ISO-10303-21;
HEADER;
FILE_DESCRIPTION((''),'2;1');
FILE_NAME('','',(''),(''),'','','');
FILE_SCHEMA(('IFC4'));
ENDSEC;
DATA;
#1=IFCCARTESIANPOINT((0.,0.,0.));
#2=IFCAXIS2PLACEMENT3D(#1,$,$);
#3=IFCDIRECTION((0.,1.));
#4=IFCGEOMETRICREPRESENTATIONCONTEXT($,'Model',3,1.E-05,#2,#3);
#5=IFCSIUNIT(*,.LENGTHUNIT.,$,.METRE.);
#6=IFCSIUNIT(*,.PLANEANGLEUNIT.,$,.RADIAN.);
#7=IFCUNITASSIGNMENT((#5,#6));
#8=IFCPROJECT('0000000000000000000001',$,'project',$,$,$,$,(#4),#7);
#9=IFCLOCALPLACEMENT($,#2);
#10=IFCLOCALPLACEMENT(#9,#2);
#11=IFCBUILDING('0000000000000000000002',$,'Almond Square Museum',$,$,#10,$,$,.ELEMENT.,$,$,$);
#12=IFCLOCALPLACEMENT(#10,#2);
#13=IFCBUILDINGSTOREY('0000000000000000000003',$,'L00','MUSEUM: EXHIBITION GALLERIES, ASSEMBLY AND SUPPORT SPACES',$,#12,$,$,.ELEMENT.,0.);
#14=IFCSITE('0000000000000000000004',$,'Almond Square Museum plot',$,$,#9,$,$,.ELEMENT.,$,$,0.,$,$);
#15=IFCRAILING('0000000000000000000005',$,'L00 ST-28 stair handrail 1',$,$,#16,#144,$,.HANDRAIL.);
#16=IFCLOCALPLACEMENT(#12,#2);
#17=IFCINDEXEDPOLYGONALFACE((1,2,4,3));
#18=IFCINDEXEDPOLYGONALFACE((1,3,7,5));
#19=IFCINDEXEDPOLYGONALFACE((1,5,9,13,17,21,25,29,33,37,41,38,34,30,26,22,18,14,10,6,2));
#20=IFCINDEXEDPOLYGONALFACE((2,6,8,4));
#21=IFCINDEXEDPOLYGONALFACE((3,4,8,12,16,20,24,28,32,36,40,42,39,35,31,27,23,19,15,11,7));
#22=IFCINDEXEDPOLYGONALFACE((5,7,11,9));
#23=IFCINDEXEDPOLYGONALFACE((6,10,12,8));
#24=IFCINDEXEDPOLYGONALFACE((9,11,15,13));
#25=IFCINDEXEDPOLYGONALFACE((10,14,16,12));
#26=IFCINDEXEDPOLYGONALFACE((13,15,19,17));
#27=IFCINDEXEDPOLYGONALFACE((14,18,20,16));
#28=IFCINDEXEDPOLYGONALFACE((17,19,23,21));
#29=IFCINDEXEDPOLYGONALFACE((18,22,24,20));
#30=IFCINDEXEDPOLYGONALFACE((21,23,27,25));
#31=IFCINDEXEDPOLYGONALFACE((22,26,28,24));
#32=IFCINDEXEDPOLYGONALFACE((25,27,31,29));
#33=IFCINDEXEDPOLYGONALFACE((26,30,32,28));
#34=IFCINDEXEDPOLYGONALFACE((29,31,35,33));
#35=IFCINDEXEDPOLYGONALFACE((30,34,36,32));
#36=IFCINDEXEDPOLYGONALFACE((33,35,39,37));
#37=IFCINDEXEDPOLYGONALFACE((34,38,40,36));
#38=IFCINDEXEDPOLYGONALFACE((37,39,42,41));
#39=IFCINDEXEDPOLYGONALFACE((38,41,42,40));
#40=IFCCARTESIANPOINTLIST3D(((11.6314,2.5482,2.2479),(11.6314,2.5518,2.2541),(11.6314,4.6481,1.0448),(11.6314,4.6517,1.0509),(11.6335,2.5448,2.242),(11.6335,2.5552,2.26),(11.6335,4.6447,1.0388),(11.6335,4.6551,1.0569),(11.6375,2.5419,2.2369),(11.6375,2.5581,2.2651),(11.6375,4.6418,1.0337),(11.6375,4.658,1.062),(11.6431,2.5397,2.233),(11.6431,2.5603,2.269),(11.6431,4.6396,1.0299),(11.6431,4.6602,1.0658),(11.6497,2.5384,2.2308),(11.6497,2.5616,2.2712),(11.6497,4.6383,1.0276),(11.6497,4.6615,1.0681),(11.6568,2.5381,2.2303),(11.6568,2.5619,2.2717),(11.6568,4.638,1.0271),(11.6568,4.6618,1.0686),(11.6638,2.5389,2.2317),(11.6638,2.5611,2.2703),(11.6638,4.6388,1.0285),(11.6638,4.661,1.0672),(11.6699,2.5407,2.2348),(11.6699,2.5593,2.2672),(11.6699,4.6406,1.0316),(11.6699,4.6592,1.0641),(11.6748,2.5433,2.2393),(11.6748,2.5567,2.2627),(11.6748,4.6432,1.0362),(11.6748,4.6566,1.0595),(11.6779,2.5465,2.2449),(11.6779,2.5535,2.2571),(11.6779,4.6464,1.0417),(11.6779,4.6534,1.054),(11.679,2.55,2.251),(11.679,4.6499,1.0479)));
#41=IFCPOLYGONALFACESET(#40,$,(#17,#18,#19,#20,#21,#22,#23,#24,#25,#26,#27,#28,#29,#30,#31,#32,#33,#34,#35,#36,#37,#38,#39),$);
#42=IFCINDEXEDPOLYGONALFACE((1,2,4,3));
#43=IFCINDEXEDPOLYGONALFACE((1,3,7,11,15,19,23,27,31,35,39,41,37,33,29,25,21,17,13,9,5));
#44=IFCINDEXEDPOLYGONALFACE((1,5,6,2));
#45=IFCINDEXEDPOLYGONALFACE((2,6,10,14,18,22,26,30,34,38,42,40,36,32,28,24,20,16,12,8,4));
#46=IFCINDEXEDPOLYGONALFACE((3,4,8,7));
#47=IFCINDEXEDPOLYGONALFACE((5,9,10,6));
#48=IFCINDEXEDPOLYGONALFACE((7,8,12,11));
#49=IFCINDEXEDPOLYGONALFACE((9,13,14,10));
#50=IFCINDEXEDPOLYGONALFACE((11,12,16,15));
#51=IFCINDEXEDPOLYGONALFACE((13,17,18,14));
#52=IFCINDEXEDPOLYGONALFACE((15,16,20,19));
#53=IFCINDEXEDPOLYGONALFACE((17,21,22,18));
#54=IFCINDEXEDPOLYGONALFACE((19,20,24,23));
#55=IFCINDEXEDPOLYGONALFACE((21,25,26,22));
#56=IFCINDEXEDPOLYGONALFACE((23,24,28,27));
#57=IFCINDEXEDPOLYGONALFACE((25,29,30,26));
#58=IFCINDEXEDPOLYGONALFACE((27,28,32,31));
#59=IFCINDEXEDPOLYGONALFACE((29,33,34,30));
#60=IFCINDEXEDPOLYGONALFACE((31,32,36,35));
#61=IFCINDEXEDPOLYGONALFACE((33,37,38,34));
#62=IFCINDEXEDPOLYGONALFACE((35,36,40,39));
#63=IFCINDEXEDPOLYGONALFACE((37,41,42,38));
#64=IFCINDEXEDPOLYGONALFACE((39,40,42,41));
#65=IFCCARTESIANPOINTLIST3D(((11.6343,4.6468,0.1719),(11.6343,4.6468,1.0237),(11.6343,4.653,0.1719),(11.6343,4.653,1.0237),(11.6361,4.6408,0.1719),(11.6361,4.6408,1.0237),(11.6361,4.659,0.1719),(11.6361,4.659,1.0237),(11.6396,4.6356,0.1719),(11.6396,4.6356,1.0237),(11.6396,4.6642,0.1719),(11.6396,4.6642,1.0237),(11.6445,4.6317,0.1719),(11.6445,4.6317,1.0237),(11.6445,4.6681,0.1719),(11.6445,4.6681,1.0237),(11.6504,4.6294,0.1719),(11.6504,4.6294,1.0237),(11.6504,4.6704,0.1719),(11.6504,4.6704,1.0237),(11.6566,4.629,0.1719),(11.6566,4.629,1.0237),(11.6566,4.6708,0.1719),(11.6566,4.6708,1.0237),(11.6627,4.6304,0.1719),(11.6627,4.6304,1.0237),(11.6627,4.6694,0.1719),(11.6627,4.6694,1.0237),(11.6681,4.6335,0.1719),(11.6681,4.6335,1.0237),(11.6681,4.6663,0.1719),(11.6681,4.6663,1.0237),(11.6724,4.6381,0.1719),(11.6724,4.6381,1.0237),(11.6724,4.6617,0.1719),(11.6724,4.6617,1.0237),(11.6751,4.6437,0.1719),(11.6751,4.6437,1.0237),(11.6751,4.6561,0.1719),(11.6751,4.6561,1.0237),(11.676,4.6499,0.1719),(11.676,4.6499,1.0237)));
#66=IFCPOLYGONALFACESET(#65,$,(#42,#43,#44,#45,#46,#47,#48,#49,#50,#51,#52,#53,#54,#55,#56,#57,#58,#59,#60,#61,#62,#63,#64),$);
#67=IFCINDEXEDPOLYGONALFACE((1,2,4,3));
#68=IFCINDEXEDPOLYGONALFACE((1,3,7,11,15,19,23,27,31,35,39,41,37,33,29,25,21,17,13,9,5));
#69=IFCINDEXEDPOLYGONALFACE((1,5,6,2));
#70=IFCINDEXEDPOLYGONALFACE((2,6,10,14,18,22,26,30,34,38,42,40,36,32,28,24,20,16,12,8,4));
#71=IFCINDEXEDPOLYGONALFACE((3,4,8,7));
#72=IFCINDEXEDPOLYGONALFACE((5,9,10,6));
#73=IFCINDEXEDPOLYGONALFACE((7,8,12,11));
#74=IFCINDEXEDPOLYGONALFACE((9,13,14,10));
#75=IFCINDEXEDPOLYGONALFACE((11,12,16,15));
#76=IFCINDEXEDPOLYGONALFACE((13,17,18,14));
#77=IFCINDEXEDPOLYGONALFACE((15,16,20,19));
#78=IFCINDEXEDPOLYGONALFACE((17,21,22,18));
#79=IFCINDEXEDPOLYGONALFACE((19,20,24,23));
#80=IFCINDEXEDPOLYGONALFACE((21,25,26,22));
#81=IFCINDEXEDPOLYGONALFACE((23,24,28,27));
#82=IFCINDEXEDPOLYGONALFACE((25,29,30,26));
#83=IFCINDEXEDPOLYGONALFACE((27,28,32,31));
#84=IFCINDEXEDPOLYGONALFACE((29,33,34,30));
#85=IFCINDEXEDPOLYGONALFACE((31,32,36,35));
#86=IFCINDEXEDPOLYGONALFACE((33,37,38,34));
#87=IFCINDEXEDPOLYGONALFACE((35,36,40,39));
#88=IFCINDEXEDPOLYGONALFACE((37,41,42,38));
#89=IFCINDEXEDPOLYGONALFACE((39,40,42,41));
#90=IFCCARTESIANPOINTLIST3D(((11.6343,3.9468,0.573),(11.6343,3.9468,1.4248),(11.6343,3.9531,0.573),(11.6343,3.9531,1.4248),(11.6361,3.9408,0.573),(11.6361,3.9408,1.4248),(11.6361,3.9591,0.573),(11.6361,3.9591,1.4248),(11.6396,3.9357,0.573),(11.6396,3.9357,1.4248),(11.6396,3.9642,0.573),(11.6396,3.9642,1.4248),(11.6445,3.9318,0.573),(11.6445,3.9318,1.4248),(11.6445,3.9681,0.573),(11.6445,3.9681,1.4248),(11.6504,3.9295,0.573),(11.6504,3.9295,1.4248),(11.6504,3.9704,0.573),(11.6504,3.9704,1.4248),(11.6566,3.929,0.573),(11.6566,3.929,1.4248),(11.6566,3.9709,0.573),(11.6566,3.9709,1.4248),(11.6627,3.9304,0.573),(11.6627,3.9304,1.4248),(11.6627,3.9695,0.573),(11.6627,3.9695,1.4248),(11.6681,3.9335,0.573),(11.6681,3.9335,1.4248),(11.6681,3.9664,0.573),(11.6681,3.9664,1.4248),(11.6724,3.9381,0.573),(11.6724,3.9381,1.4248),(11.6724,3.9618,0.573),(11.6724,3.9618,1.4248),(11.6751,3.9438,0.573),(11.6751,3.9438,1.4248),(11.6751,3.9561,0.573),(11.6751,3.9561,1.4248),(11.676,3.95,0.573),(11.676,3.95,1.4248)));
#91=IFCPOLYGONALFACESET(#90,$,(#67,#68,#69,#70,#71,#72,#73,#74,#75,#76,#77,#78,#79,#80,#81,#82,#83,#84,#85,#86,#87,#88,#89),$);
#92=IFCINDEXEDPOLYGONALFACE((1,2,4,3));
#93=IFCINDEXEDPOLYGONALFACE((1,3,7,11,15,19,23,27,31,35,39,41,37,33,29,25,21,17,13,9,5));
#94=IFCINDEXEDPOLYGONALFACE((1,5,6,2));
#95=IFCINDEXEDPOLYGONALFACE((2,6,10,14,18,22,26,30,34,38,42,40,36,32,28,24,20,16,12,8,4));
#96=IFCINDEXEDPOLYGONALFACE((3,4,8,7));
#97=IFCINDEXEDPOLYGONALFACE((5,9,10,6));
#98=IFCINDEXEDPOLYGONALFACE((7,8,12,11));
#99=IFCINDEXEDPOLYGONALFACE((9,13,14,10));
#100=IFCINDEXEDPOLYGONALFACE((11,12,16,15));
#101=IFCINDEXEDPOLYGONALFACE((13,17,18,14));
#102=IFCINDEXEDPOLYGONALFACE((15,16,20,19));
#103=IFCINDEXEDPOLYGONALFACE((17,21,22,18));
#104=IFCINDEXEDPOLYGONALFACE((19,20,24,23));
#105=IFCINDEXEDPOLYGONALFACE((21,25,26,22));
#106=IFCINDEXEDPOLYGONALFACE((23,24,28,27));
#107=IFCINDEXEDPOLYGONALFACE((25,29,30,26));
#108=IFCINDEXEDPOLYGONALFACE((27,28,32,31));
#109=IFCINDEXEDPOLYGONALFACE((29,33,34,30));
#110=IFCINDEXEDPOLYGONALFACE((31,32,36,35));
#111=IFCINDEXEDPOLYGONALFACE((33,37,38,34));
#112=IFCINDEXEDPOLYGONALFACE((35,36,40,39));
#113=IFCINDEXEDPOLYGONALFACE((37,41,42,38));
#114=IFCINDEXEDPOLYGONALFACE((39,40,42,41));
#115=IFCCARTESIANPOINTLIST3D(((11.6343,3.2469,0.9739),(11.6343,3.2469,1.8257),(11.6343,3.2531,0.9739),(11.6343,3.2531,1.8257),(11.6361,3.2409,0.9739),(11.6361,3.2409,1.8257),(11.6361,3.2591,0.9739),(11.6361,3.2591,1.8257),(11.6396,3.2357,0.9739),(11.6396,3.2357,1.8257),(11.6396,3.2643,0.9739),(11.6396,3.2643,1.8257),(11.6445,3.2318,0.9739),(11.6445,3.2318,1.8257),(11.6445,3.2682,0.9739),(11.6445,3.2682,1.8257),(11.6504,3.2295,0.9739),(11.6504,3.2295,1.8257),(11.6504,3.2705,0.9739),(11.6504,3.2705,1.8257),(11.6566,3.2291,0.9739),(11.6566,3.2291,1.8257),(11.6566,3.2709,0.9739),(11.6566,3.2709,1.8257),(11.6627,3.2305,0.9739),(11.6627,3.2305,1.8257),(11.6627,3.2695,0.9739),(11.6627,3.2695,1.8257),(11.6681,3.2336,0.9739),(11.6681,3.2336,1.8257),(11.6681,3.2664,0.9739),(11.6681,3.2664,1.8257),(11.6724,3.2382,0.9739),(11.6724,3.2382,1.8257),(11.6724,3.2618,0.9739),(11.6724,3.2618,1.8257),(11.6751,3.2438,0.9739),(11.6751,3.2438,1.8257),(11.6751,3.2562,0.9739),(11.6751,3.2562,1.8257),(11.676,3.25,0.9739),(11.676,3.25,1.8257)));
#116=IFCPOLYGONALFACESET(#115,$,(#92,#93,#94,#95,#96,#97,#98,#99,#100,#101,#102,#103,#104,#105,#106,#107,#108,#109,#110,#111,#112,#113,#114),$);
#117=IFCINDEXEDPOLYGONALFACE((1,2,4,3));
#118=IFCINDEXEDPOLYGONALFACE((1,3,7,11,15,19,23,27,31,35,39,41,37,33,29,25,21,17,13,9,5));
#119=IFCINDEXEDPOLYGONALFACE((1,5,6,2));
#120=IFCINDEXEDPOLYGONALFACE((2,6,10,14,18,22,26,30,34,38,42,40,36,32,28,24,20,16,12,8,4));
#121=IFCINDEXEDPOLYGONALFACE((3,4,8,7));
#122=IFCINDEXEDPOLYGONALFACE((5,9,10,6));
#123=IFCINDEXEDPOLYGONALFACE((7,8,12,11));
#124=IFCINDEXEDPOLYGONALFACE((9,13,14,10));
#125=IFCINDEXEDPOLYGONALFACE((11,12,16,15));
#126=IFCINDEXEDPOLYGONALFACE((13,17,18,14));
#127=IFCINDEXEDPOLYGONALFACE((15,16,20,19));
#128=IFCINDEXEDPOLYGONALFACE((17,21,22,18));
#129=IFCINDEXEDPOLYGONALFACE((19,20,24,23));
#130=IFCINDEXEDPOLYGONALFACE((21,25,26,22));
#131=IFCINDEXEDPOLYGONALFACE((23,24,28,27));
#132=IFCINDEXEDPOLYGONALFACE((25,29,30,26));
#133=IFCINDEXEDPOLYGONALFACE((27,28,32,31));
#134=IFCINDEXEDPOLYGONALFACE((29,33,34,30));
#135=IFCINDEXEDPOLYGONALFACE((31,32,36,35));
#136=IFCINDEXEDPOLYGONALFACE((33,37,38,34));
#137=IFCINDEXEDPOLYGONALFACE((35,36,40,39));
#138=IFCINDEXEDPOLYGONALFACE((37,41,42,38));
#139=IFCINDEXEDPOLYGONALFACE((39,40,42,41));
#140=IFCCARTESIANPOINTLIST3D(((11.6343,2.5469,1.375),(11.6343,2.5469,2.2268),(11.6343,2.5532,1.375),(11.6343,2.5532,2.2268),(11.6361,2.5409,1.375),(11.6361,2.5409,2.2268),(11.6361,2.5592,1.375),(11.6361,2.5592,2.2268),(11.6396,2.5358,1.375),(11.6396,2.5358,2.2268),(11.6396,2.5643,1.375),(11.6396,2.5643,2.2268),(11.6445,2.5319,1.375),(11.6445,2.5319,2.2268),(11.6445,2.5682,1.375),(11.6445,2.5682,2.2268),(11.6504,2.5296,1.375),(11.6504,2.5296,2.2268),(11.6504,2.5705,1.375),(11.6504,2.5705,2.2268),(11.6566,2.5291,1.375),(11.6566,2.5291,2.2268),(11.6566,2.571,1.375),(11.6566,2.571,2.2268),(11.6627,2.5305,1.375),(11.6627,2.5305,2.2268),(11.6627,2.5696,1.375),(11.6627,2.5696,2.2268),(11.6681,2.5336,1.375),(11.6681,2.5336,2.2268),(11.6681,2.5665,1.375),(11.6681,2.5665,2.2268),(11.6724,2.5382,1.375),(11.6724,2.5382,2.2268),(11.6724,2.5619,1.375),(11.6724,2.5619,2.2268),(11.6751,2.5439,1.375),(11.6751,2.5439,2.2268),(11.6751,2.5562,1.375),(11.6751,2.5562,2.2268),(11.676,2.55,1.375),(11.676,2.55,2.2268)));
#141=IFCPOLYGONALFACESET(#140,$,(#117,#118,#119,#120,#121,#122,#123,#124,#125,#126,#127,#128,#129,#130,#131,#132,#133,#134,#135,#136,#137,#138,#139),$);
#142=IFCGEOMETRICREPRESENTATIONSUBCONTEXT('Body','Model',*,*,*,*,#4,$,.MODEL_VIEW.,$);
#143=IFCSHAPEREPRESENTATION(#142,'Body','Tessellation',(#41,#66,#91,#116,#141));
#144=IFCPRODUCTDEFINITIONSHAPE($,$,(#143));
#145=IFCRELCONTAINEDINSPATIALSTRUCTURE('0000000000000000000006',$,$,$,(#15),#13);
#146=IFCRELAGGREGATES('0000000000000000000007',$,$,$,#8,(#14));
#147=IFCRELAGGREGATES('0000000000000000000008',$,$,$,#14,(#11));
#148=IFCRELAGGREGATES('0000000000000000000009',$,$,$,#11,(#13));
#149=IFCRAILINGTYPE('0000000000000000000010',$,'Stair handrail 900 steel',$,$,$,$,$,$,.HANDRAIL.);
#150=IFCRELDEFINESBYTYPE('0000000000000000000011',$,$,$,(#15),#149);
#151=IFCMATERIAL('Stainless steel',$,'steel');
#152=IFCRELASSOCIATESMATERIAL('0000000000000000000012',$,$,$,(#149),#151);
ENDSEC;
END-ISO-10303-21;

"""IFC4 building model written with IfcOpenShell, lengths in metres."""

from ifc_helpers import new_model, si_unit, direction, frame, origin, origin_2d, place, context, subcontext, project, spatial, circle, extrude, material, type_object, element, save


model = new_model("IFC4")

# Units and contexts
model_context = context("Model", 3, precision=1e-05, world=origin(), true_north=direction((0.0, 1.0)))
body_context = subcontext(model_context, "Body", "Model", "MODEL_VIEW")
ifc_project = project(units=[si_unit("LENGTHUNIT", "METRE"), si_unit("PLANEANGLEUNIT", "RADIAN")], contexts=[model_context])

# Site, building, storey
site_placement = place(None, origin())
site = spatial("IfcSite", under=ifc_project, at=site_placement, Name="Almond Square Museum plot", CompositionType="ELEMENT", RefElevation=0.0)
building_placement = place(site_placement, origin())
building = spatial("IfcBuilding", under=site, at=building_placement, Name="Almond Square Museum", CompositionType="ELEMENT")
storey_placement = place(building_placement, origin())
storey = spatial("IfcBuildingStorey", under=building, at=storey_placement, Name="L00", Description="MUSEUM: EXHIBITION GALLERIES, ASSEMBLY AND SUPPORT SPACES", CompositionType="ELEMENT", Elevation=0.0)

# Railing
ifc_material_1 = material(Name="Stainless steel", Category="steel")
railing_type_1 = type_object("IfcRailingType", Name="Stair handrail 900 steel", PredefinedType="HANDRAIL", material=ifc_material_1)
railing_1_placement = place(storey_placement, frame((11.655, 4.6499, 0.1719)))
element("IfcRailing", 1, at=railing_1_placement, inside=storey, type_object=railing_type_1, Name="L00 ST-28 stair handrail 1", PredefinedType="HANDRAIL", context=body_context, shape_type="SweptSolid", body=[
    extrude(circle(Radius=0.0239, at=origin_2d()), frame((0.0, 0.0, 0.876), z_axis=(0.0, -0.867671, 0.497138), x_axis=(1.0, 0.0, 0.0)), (0.0, 0.0, 1.0), 2.4202),
    extrude(circle(Radius=0.021, at=origin_2d()), origin(), (0.0, 0.0, 1.0), 0.8518),
    extrude(circle(Radius=0.021, at=origin_2d()), frame((0.0, -0.7, 0.4011)), (0.0, 0.0, 1.0), 0.8518),
    extrude(circle(Radius=0.021, at=origin_2d()), frame((0.0, -1.3999, 0.802)), (0.0, 0.0, 1.0), 0.8518),
    extrude(circle(Radius=0.021, at=origin_2d()), frame((0.0, -2.0999, 1.2031)), (0.0, 0.0, 1.0), 0.8518),
])

save(model, "model.ifc")
